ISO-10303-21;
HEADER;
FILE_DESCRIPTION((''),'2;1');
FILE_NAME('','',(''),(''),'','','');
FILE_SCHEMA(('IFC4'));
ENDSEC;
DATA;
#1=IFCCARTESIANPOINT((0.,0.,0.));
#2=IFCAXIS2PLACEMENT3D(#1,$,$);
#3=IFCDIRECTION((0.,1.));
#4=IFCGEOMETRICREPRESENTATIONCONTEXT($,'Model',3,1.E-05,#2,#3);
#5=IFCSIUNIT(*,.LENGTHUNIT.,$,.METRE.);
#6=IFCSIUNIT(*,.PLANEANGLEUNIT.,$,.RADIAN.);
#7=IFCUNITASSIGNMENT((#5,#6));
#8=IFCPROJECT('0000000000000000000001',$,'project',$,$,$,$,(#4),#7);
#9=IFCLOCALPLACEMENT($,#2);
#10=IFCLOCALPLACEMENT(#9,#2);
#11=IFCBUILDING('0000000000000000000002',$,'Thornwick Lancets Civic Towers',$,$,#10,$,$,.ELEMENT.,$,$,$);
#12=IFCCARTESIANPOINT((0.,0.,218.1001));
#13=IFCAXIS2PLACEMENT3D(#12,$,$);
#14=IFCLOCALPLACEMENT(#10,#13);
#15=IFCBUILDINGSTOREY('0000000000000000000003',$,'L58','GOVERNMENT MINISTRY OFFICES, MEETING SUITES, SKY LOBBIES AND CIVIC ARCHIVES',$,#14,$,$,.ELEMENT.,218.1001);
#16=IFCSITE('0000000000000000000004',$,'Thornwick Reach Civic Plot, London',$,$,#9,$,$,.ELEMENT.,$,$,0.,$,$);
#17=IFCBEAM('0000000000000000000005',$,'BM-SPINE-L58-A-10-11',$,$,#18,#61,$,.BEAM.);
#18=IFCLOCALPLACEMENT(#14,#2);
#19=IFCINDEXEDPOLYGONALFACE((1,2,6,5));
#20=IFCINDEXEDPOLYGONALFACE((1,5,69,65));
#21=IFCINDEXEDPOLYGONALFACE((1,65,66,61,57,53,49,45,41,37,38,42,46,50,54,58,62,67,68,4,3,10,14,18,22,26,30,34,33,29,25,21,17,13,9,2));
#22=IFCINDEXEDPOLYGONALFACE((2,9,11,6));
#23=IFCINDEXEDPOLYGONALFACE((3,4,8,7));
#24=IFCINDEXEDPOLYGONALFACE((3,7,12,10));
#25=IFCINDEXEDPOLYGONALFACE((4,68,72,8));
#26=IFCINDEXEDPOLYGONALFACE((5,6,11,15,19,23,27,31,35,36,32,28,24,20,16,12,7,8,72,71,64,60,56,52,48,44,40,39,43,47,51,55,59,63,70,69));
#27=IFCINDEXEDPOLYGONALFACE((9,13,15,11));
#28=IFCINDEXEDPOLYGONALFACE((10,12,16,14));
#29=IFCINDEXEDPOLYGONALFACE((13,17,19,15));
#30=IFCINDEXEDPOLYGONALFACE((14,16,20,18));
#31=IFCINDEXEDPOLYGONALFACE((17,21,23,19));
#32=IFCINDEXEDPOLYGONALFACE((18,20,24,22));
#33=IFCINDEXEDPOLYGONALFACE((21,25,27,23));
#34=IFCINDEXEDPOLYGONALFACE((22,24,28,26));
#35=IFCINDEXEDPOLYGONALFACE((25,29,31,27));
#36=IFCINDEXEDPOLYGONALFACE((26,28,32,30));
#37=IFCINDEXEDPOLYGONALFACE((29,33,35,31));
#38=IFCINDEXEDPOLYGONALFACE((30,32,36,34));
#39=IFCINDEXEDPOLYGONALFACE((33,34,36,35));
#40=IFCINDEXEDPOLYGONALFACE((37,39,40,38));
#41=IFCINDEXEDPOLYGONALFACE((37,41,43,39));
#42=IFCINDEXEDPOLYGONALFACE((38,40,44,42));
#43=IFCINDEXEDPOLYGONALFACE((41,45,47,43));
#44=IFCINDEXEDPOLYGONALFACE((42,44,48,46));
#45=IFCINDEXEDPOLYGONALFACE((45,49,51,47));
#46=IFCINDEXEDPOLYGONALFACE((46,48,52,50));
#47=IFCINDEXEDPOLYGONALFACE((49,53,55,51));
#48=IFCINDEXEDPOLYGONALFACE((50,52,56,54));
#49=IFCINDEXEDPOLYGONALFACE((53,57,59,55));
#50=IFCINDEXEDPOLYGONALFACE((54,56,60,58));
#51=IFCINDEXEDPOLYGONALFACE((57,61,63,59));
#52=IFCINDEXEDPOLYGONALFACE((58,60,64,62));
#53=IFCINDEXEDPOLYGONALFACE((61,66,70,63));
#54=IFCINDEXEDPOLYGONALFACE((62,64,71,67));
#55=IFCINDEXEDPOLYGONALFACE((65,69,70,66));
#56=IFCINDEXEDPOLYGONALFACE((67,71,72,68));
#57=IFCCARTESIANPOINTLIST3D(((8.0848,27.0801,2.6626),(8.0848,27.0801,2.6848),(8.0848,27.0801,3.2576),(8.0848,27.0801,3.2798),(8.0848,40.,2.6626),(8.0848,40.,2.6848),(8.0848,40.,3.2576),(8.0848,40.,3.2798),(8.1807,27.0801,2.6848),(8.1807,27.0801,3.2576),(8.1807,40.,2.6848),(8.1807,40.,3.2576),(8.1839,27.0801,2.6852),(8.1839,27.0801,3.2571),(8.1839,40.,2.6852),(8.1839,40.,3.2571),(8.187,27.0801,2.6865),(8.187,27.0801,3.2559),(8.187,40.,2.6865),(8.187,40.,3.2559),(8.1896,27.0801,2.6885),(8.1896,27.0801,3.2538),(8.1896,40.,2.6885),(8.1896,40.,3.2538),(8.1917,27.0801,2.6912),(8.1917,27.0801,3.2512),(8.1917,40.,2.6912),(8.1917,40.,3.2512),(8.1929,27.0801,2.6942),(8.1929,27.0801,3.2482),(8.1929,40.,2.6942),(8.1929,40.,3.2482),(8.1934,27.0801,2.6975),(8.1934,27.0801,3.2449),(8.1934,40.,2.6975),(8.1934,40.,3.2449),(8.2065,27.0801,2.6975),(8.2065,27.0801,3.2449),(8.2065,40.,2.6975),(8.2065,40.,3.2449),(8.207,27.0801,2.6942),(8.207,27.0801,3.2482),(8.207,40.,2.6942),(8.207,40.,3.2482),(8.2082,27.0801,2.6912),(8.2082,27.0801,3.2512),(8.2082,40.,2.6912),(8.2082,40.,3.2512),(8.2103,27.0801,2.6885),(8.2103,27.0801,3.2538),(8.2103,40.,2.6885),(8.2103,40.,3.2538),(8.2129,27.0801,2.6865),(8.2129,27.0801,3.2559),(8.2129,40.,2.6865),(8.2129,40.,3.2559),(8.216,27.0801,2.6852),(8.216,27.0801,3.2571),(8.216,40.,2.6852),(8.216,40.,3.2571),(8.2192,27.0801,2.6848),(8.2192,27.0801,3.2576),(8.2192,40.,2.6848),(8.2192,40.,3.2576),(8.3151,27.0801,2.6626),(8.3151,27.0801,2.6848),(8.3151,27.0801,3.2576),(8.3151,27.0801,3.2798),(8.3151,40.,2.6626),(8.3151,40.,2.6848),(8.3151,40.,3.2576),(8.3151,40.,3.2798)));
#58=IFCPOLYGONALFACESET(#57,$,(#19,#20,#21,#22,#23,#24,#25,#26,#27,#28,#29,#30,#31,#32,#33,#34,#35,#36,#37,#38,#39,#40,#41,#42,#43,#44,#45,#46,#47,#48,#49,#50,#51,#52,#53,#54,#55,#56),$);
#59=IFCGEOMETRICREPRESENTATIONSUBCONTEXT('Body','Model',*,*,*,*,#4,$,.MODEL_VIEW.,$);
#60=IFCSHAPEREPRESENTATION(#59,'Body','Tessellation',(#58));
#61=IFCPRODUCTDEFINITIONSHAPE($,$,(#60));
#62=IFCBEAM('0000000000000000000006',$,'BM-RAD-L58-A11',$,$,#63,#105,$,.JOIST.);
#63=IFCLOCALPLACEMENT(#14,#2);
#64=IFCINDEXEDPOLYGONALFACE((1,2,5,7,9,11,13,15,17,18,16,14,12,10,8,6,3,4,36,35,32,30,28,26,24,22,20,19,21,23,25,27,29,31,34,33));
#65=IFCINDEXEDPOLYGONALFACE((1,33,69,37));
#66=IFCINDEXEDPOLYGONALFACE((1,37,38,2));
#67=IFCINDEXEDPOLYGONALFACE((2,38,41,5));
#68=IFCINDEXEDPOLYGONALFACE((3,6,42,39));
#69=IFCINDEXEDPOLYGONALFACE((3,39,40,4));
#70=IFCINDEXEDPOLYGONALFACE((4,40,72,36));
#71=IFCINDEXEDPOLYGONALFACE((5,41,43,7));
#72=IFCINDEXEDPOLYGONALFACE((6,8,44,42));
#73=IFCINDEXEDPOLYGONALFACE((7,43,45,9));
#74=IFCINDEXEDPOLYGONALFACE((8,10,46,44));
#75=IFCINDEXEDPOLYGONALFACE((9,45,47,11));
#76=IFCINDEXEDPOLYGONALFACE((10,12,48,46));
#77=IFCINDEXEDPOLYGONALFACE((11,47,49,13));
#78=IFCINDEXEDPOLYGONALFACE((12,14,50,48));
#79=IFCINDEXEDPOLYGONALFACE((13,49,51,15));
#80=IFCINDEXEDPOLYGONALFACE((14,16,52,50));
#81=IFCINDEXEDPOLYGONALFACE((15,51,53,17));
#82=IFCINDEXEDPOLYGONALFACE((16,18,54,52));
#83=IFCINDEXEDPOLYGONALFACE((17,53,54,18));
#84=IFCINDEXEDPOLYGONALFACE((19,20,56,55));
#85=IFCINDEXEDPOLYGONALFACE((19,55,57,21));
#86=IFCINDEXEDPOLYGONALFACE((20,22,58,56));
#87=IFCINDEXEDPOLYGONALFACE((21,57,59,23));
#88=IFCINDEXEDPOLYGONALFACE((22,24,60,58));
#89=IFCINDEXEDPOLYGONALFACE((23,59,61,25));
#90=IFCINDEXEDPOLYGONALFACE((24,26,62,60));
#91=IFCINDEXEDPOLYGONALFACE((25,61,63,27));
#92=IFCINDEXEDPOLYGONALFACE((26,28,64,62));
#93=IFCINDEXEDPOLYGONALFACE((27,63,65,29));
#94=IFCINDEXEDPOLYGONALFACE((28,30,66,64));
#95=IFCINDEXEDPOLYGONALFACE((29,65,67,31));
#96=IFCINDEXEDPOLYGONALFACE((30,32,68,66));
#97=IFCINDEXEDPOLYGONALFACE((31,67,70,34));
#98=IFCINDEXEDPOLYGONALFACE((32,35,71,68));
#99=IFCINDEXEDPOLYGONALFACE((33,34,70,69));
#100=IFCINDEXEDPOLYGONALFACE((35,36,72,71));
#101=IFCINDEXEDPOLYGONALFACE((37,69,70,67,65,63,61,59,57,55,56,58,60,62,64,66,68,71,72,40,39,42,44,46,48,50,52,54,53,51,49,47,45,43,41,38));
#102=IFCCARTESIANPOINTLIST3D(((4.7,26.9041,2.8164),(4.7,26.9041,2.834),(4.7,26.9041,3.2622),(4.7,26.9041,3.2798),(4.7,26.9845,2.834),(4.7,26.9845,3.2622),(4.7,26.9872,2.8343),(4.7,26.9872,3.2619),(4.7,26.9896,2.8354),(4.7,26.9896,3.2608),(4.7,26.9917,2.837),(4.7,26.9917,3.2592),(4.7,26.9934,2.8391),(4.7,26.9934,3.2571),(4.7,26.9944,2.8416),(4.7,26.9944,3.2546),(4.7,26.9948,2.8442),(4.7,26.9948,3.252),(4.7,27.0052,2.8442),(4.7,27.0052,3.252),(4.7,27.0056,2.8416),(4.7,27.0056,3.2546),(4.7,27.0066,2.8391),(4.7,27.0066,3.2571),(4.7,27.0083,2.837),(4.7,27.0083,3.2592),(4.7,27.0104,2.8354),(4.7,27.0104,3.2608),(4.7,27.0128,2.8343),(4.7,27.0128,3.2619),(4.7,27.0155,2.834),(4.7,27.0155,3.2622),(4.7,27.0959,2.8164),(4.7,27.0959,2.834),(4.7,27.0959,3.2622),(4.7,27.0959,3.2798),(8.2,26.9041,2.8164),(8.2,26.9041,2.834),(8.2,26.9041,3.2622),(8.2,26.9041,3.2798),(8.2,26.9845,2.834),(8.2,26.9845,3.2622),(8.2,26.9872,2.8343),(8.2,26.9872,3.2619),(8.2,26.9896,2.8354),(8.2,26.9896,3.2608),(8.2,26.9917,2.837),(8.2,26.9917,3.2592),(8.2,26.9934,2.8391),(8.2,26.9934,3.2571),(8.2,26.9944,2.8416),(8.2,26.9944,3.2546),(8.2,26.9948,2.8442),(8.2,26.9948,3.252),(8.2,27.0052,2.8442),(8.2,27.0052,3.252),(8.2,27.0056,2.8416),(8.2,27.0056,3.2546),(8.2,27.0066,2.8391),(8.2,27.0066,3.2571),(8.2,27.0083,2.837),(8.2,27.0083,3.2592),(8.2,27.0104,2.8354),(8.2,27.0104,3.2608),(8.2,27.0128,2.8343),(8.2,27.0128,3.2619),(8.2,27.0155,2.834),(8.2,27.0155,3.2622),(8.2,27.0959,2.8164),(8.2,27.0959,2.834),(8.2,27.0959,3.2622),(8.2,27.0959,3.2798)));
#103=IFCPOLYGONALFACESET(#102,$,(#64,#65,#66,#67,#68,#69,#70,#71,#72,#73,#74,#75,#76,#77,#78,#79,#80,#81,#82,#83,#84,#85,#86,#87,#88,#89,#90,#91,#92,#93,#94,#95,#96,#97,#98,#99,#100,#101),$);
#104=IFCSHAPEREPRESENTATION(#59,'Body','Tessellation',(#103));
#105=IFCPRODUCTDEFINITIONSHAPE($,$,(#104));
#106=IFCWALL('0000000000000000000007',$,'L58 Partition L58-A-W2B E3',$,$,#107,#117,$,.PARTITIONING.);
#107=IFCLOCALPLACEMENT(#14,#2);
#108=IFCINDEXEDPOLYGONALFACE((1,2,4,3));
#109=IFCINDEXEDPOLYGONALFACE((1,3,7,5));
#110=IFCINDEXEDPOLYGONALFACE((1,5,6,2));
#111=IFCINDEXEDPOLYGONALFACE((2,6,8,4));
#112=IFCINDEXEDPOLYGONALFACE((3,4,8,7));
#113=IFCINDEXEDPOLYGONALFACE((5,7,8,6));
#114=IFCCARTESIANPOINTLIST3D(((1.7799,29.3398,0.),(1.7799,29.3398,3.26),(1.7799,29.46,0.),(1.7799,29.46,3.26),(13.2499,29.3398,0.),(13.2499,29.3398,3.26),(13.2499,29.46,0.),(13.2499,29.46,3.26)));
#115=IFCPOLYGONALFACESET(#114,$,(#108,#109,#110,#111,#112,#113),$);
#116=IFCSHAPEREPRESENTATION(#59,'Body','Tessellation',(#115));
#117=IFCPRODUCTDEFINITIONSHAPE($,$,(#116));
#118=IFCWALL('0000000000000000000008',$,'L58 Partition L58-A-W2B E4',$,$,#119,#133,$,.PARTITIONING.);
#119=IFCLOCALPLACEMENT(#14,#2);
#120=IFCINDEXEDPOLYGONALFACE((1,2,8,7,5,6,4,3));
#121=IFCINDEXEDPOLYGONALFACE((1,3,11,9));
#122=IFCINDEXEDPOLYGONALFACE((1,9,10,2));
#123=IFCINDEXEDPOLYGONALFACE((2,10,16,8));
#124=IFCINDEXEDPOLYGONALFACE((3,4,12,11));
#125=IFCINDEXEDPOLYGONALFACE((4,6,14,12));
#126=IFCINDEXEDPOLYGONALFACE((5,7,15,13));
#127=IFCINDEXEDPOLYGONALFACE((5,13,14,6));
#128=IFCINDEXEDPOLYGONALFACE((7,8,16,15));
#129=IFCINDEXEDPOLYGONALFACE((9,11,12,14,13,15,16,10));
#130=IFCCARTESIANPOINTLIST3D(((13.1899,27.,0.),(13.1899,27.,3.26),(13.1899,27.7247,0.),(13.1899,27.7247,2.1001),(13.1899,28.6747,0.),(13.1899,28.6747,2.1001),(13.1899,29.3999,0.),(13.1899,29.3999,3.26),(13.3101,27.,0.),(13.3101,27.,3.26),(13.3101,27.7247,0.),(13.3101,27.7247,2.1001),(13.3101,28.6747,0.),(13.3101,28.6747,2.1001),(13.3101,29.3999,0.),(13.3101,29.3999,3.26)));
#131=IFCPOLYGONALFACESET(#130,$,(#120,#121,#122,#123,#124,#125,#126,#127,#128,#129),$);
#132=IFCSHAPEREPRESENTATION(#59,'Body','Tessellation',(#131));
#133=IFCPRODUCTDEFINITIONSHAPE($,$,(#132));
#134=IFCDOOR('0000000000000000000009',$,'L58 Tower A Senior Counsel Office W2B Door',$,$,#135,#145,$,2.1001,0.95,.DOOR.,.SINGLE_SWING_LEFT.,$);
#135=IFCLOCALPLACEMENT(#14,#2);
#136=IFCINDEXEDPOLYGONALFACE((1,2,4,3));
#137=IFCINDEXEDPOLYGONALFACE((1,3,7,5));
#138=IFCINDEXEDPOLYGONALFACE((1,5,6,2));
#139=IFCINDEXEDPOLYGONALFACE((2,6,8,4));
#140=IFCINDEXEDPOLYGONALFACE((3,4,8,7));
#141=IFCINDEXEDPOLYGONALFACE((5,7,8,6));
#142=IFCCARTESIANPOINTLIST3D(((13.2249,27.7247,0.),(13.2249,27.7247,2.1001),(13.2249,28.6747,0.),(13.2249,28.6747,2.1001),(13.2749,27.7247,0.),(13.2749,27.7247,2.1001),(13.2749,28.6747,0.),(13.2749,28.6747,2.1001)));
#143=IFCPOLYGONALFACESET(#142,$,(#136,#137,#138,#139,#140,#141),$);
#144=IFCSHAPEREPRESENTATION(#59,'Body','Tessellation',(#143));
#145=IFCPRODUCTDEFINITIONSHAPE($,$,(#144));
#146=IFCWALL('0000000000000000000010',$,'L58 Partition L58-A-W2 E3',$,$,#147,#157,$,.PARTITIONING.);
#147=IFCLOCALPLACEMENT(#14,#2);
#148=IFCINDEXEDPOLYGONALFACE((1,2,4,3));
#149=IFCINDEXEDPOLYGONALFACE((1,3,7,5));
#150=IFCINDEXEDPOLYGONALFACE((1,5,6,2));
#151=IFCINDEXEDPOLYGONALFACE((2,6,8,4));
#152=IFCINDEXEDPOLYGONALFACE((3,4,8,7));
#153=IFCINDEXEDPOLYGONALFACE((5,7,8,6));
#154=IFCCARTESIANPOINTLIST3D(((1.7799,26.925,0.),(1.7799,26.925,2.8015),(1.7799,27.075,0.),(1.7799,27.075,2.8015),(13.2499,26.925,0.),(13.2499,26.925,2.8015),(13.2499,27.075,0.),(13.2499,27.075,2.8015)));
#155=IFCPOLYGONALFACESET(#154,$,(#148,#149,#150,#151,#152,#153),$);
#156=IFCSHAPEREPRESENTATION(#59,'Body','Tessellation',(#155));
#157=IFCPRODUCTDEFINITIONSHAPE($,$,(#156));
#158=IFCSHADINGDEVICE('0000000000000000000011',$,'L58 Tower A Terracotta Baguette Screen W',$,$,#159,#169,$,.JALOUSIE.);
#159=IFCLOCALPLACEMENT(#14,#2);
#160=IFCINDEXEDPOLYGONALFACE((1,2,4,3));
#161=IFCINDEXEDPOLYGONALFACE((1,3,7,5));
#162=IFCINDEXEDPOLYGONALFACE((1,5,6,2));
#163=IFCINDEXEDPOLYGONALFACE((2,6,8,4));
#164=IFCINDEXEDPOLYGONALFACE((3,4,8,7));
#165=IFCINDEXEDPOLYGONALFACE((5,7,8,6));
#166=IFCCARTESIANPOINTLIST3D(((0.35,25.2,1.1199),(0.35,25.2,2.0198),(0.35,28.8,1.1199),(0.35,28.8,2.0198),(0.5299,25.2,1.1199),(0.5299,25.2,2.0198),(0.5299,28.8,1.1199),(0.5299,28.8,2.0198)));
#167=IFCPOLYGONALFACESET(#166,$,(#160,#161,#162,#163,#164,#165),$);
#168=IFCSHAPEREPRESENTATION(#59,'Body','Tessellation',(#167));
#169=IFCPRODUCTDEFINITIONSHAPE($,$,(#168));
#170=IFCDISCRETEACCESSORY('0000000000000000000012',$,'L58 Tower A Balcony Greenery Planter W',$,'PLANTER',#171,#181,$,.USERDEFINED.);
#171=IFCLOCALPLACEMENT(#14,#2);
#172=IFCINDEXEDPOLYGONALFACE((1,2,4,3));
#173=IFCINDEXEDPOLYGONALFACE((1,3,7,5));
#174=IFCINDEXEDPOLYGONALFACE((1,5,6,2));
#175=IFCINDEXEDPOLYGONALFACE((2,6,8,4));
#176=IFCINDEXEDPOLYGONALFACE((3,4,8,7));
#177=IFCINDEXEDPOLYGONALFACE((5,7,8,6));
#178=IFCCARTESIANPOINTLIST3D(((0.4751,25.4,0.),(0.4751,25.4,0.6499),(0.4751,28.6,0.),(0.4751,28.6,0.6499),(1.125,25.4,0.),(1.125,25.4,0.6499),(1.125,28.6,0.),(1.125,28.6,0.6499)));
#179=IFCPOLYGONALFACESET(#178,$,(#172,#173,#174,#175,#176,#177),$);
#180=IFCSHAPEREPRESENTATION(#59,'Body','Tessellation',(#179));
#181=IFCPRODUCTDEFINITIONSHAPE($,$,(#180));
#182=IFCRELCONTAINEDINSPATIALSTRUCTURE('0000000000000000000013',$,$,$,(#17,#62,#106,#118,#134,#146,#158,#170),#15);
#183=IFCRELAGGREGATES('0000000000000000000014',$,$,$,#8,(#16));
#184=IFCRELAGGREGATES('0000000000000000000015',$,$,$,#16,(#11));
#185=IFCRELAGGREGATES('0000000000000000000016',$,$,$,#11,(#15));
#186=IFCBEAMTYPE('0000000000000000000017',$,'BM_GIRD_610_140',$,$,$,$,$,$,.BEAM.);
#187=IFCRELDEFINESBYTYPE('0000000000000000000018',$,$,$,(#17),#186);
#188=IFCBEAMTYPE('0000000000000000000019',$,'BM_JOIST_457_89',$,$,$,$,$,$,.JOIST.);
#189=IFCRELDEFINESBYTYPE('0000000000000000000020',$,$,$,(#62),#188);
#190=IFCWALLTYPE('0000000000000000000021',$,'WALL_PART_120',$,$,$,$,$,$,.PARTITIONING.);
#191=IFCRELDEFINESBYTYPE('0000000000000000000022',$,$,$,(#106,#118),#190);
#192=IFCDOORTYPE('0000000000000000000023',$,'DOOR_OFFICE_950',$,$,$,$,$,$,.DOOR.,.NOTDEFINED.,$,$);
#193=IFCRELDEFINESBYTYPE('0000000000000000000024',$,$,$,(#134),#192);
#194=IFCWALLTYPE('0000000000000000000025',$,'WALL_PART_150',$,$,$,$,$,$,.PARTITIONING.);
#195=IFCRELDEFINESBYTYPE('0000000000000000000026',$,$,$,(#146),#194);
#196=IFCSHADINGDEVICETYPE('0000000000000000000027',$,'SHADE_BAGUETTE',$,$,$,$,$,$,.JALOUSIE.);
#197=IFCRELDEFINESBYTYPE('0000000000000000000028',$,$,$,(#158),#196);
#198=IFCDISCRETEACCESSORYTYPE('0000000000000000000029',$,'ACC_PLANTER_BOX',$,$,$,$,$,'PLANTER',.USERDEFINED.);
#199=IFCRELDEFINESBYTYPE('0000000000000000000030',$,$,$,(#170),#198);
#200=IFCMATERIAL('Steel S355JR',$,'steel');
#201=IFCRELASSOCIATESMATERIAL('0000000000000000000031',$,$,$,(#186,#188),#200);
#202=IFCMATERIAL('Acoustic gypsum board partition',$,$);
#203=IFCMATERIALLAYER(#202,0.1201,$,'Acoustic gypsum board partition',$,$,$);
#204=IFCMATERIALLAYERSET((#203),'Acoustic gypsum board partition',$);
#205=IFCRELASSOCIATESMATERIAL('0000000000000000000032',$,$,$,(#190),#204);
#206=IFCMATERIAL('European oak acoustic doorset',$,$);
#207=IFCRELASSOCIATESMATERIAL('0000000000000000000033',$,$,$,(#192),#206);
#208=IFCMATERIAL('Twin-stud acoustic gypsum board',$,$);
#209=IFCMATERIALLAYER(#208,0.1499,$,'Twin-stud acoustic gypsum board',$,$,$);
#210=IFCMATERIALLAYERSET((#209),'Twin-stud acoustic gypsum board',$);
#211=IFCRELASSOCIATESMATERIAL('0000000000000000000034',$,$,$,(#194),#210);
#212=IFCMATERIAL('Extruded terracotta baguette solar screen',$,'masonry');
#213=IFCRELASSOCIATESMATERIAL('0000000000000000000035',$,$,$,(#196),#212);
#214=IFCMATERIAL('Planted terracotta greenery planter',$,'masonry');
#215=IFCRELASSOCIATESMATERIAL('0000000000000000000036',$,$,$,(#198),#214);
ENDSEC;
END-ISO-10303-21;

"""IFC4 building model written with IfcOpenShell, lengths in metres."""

from ifc_helpers import new_model, si_unit, direction, frame, frame_2d, origin, origin_2d, place, context, subcontext, project, spatial, rectangle, i_section, extrude, material, layer, layer_set, material_profile, profile_set, type_object, element, fill, save


model = new_model("IFC4")

# Units and contexts
model_context = context("Model", 3, precision=1e-05, world=origin(), true_north=direction((0.0, 1.0)))
body_context = subcontext(model_context, "Body", "Model", "MODEL_VIEW")
ifc_project = project(units=[si_unit("LENGTHUNIT", "METRE"), si_unit("PLANEANGLEUNIT", "RADIAN")], contexts=[model_context])

# Site, building, storey
site_placement = place(None, origin())
site = spatial("IfcSite", under=ifc_project, at=site_placement, Name="Thornwick Reach Civic Plot, London", CompositionType="ELEMENT", RefElevation=0.0)
building_placement = place(site_placement, origin())
building = spatial("IfcBuilding", under=site, at=building_placement, Name="Thornwick Lancets Civic Towers", CompositionType="ELEMENT")
storey_placement = place(building_placement, frame((0.0, 0.0, 218.1001)))
storey = spatial("IfcBuildingStorey", under=building, at=storey_placement, Name="L58", Description="GOVERNMENT MINISTRY OFFICES, MEETING SUITES, SKY LOBBIES AND CIVIC ARCHIVES", CompositionType="ELEMENT", Elevation=218.1001)

# Shared definitions
ifc_material_1 = material(Name="Steel S355JR", Category="steel")

# Beams
ifc_material_profile_1 = material_profile(ifc_material_1, i_section(OverallWidth=0.2302, OverallDepth=0.6172, WebThickness=0.0132, FlangeThickness=0.0222, FilletRadius=0.0127, at=origin_2d()), Name="UKB 610x229x140")
ifc_profile_set_1 = profile_set([ifc_material_profile_1], Name="Steel S355JR")
beam_type_1 = type_object("IfcBeamType", Name="BM_GIRD_610_140", PredefinedType="BEAM", material=ifc_profile_set_1)
beam_1_placement = place(storey_placement, frame((8.2, 27.0801, 2.9712), z_axis=(0.0, 1.0, 0.0), x_axis=(-1.0, 0.0, 0.0)))
element("IfcBeam", 1, at=beam_1_placement, inside=storey, type_object=beam_type_1, Name="BM-SPINE-L58-A-10-11", PredefinedType="BEAM", context=body_context, shape_type="SweptSolid", body=[
    extrude(i_section(OverallWidth=0.2302, OverallDepth=0.6172, WebThickness=0.0132, FlangeThickness=0.0222, FilletRadius=0.0127, at=origin_2d()), origin(), (0.0, 0.0, 1.0), 12.9199),
])
ifc_material_profile_2 = material_profile(ifc_material_1, i_section(OverallWidth=0.1919, OverallDepth=0.4634, WebThickness=0.0105, FlangeThickness=0.0176, FilletRadius=0.0103, at=origin_2d()), Name="UKB 457x191x89")
ifc_profile_set_2 = profile_set([ifc_material_profile_2], Name="Steel S355JR")
beam_type_2 = type_object("IfcBeamType", Name="BM_JOIST_457_89", PredefinedType="JOIST", material=ifc_profile_set_2)
beam_2_placement = place(storey_placement, frame((8.2, 27.0, 3.0481), z_axis=(-1.0, 0.0, 0.0), x_axis=(0.0, -1.0, 0.0)))
element("IfcBeam", 2, at=beam_2_placement, inside=storey, type_object=beam_type_2, Name="BM-RAD-L58-A11", PredefinedType="JOIST", context=body_context, shape_type="SweptSolid", body=[
    extrude(i_section(OverallWidth=0.1919, OverallDepth=0.4634, WebThickness=0.0105, FlangeThickness=0.0176, FilletRadius=0.0103, at=origin_2d()), origin(), (0.0, 0.0, 1.0), 3.5),
])

# Wall
ifc_material_2 = material(Name="Acoustic gypsum board partition")
ifc_layer_1 = layer(ifc_material_2, 0.1201, Name="Acoustic gypsum board partition")
ifc_layer_set_1 = layer_set([ifc_layer_1], Name="Acoustic gypsum board partition")
wall_type_1 = type_object("IfcWallType", Name="WALL_PART_120", PredefinedType="PARTITIONING", material=ifc_layer_set_1)
wall_1_placement = place(storey_placement, frame((1.78, 29.3999, 0.0), z_axis=(0.0, 0.0, 1.0), x_axis=(1.0, 0.0, 0.0)))
element("IfcWall", 3, at=wall_1_placement, inside=storey, type_object=wall_type_1, Name="L58 Partition L58-A-W2B E3", PredefinedType="PARTITIONING", context=body_context, shape_type="SweptSolid", body=[
    extrude(rectangle(XDim=11.47, YDim=0.1201, at=frame_2d((5.7349, 0.0))), origin(), (0.0, 0.0, 1.0), 3.26),
])

# Wall, opening, door
wall_2_placement = place(storey_placement, frame((13.25, 29.3999, 0.0), z_axis=(0.0, 0.0, 1.0), x_axis=(0.0, -1.0, 0.0)))
wall_2 = element("IfcWall", 4, at=wall_2_placement, inside=storey, type_object=wall_type_1, Name="L58 Partition L58-A-W2B E4", PredefinedType="PARTITIONING", context=body_context, shape_type="SweptSolid", body=[
    extrude(rectangle(XDim=2.3999, YDim=0.1201, at=frame_2d((1.2, 0.0))), origin(), (0.0, 0.0, 1.0), 3.26),
])
opening_1_placement = place(wall_2_placement, frame((0.7251, 0.0, 0.0)))
opening_1 = element("IfcOpeningElement", 5, at=opening_1_placement, cuts=wall_2, PredefinedType="OPENING", context=body_context, shape_type="SweptSolid", body=[
    extrude(rectangle(XDim=0.95, YDim=2.1001, at=frame_2d((0.4751, 1.05))), frame((0.0, 0.0701, 0.0), z_axis=(0.0, -1.0, 0.0), x_axis=(1.0, 0.0, 0.0)), (0.0, 0.0, 1.0), 0.1401),
])
ifc_material_3 = material(Name="European oak acoustic doorset")
door_type_1 = type_object("IfcDoorType", Name="DOOR_OFFICE_950", OperationType="NOTDEFINED", PredefinedType="DOOR", material=ifc_material_3)
door_1_placement = place(opening_1_placement, origin())
door_1 = element("IfcDoor", 6, at=door_1_placement, inside=storey, type_object=door_type_1, Name="L58 Tower A Senior Counsel Office W2B Door", OperationType="SINGLE_SWING_LEFT", OverallHeight=2.1001, OverallWidth=0.95, PredefinedType="DOOR", context=body_context, shape_type="SweptSolid", body=[
    extrude(rectangle(XDim=0.95, YDim=2.1001, at=frame_2d((0.4751, 1.05))), frame((0.0, 0.0249, 0.0), z_axis=(0.0, -1.0, 0.0), x_axis=(1.0, 0.0, 0.0)), (0.0, 0.0, 1.0), 0.05),
])
fill(opening_1, door_1)

# Wall
ifc_material_4 = material(Name="Twin-stud acoustic gypsum board")
ifc_layer_2 = layer(ifc_material_4, 0.1499, Name="Twin-stud acoustic gypsum board")
ifc_layer_set_2 = layer_set([ifc_layer_2], Name="Twin-stud acoustic gypsum board")
wall_type_2 = type_object("IfcWallType", Name="WALL_PART_150", PredefinedType="PARTITIONING", material=ifc_layer_set_2)
wall_3_placement = place(storey_placement, frame((1.78, 27.0, 0.0), z_axis=(0.0, 0.0, 1.0), x_axis=(1.0, 0.0, 0.0)))
element("IfcWall", 7, at=wall_3_placement, inside=storey, type_object=wall_type_2, Name="L58 Partition L58-A-W2 E3", PredefinedType="PARTITIONING", context=body_context, shape_type="SweptSolid", body=[
    extrude(rectangle(XDim=11.47, YDim=0.1499, at=frame_2d((5.7349, 0.0))), origin(), (0.0, 0.0, 1.0), 2.8015),
])

# Shading device
ifc_material_5 = material(Name="Extruded terracotta baguette solar screen", Category="masonry")
shading_device_type = type_object("IfcShadingDeviceType", Name="SHADE_BAGUETTE", PredefinedType="JALOUSIE", material=ifc_material_5)
shading_device_placement = place(storey_placement, frame((0.4399, 27.0, 1.1199), z_axis=(0.0, 0.0, 1.0), x_axis=(0.0, 1.0, 0.0)))
element("IfcShadingDevice", 8, at=shading_device_placement, inside=storey, type_object=shading_device_type, Name="L58 Tower A Terracotta Baguette Screen W", PredefinedType="JALOUSIE", context=body_context, shape_type="SweptSolid", body=[
    extrude(rectangle(XDim=3.6001, YDim=0.1799, at=origin_2d()), origin(), (0.0, 0.0, 1.0), 0.8999),
])

# Discrete accessory
ifc_material_6 = material(Name="Planted terracotta greenery planter", Category="masonry")
discrete_accessory_type = type_object("IfcDiscreteAccessoryType", Name="ACC_PLANTER_BOX", ElementType="PLANTER", PredefinedType="USERDEFINED", material=ifc_material_6)
discrete_accessory_placement = place(storey_placement, frame((0.8, 27.0, 0.0), z_axis=(0.0, 0.0, 1.0), x_axis=(1.0, 0.0, 0.0)))
element("IfcDiscreteAccessory", 9, at=discrete_accessory_placement, inside=storey, type_object=discrete_accessory_type, Name="L58 Tower A Balcony Greenery Planter W", ObjectType="PLANTER", PredefinedType="USERDEFINED", context=body_context, shape_type="SweptSolid", body=[
    extrude(rectangle(XDim=0.6499, YDim=3.2, at=origin_2d()), origin(), (0.0, 0.0, 1.0), 0.6499),
])

save(model, "model.ifc")
